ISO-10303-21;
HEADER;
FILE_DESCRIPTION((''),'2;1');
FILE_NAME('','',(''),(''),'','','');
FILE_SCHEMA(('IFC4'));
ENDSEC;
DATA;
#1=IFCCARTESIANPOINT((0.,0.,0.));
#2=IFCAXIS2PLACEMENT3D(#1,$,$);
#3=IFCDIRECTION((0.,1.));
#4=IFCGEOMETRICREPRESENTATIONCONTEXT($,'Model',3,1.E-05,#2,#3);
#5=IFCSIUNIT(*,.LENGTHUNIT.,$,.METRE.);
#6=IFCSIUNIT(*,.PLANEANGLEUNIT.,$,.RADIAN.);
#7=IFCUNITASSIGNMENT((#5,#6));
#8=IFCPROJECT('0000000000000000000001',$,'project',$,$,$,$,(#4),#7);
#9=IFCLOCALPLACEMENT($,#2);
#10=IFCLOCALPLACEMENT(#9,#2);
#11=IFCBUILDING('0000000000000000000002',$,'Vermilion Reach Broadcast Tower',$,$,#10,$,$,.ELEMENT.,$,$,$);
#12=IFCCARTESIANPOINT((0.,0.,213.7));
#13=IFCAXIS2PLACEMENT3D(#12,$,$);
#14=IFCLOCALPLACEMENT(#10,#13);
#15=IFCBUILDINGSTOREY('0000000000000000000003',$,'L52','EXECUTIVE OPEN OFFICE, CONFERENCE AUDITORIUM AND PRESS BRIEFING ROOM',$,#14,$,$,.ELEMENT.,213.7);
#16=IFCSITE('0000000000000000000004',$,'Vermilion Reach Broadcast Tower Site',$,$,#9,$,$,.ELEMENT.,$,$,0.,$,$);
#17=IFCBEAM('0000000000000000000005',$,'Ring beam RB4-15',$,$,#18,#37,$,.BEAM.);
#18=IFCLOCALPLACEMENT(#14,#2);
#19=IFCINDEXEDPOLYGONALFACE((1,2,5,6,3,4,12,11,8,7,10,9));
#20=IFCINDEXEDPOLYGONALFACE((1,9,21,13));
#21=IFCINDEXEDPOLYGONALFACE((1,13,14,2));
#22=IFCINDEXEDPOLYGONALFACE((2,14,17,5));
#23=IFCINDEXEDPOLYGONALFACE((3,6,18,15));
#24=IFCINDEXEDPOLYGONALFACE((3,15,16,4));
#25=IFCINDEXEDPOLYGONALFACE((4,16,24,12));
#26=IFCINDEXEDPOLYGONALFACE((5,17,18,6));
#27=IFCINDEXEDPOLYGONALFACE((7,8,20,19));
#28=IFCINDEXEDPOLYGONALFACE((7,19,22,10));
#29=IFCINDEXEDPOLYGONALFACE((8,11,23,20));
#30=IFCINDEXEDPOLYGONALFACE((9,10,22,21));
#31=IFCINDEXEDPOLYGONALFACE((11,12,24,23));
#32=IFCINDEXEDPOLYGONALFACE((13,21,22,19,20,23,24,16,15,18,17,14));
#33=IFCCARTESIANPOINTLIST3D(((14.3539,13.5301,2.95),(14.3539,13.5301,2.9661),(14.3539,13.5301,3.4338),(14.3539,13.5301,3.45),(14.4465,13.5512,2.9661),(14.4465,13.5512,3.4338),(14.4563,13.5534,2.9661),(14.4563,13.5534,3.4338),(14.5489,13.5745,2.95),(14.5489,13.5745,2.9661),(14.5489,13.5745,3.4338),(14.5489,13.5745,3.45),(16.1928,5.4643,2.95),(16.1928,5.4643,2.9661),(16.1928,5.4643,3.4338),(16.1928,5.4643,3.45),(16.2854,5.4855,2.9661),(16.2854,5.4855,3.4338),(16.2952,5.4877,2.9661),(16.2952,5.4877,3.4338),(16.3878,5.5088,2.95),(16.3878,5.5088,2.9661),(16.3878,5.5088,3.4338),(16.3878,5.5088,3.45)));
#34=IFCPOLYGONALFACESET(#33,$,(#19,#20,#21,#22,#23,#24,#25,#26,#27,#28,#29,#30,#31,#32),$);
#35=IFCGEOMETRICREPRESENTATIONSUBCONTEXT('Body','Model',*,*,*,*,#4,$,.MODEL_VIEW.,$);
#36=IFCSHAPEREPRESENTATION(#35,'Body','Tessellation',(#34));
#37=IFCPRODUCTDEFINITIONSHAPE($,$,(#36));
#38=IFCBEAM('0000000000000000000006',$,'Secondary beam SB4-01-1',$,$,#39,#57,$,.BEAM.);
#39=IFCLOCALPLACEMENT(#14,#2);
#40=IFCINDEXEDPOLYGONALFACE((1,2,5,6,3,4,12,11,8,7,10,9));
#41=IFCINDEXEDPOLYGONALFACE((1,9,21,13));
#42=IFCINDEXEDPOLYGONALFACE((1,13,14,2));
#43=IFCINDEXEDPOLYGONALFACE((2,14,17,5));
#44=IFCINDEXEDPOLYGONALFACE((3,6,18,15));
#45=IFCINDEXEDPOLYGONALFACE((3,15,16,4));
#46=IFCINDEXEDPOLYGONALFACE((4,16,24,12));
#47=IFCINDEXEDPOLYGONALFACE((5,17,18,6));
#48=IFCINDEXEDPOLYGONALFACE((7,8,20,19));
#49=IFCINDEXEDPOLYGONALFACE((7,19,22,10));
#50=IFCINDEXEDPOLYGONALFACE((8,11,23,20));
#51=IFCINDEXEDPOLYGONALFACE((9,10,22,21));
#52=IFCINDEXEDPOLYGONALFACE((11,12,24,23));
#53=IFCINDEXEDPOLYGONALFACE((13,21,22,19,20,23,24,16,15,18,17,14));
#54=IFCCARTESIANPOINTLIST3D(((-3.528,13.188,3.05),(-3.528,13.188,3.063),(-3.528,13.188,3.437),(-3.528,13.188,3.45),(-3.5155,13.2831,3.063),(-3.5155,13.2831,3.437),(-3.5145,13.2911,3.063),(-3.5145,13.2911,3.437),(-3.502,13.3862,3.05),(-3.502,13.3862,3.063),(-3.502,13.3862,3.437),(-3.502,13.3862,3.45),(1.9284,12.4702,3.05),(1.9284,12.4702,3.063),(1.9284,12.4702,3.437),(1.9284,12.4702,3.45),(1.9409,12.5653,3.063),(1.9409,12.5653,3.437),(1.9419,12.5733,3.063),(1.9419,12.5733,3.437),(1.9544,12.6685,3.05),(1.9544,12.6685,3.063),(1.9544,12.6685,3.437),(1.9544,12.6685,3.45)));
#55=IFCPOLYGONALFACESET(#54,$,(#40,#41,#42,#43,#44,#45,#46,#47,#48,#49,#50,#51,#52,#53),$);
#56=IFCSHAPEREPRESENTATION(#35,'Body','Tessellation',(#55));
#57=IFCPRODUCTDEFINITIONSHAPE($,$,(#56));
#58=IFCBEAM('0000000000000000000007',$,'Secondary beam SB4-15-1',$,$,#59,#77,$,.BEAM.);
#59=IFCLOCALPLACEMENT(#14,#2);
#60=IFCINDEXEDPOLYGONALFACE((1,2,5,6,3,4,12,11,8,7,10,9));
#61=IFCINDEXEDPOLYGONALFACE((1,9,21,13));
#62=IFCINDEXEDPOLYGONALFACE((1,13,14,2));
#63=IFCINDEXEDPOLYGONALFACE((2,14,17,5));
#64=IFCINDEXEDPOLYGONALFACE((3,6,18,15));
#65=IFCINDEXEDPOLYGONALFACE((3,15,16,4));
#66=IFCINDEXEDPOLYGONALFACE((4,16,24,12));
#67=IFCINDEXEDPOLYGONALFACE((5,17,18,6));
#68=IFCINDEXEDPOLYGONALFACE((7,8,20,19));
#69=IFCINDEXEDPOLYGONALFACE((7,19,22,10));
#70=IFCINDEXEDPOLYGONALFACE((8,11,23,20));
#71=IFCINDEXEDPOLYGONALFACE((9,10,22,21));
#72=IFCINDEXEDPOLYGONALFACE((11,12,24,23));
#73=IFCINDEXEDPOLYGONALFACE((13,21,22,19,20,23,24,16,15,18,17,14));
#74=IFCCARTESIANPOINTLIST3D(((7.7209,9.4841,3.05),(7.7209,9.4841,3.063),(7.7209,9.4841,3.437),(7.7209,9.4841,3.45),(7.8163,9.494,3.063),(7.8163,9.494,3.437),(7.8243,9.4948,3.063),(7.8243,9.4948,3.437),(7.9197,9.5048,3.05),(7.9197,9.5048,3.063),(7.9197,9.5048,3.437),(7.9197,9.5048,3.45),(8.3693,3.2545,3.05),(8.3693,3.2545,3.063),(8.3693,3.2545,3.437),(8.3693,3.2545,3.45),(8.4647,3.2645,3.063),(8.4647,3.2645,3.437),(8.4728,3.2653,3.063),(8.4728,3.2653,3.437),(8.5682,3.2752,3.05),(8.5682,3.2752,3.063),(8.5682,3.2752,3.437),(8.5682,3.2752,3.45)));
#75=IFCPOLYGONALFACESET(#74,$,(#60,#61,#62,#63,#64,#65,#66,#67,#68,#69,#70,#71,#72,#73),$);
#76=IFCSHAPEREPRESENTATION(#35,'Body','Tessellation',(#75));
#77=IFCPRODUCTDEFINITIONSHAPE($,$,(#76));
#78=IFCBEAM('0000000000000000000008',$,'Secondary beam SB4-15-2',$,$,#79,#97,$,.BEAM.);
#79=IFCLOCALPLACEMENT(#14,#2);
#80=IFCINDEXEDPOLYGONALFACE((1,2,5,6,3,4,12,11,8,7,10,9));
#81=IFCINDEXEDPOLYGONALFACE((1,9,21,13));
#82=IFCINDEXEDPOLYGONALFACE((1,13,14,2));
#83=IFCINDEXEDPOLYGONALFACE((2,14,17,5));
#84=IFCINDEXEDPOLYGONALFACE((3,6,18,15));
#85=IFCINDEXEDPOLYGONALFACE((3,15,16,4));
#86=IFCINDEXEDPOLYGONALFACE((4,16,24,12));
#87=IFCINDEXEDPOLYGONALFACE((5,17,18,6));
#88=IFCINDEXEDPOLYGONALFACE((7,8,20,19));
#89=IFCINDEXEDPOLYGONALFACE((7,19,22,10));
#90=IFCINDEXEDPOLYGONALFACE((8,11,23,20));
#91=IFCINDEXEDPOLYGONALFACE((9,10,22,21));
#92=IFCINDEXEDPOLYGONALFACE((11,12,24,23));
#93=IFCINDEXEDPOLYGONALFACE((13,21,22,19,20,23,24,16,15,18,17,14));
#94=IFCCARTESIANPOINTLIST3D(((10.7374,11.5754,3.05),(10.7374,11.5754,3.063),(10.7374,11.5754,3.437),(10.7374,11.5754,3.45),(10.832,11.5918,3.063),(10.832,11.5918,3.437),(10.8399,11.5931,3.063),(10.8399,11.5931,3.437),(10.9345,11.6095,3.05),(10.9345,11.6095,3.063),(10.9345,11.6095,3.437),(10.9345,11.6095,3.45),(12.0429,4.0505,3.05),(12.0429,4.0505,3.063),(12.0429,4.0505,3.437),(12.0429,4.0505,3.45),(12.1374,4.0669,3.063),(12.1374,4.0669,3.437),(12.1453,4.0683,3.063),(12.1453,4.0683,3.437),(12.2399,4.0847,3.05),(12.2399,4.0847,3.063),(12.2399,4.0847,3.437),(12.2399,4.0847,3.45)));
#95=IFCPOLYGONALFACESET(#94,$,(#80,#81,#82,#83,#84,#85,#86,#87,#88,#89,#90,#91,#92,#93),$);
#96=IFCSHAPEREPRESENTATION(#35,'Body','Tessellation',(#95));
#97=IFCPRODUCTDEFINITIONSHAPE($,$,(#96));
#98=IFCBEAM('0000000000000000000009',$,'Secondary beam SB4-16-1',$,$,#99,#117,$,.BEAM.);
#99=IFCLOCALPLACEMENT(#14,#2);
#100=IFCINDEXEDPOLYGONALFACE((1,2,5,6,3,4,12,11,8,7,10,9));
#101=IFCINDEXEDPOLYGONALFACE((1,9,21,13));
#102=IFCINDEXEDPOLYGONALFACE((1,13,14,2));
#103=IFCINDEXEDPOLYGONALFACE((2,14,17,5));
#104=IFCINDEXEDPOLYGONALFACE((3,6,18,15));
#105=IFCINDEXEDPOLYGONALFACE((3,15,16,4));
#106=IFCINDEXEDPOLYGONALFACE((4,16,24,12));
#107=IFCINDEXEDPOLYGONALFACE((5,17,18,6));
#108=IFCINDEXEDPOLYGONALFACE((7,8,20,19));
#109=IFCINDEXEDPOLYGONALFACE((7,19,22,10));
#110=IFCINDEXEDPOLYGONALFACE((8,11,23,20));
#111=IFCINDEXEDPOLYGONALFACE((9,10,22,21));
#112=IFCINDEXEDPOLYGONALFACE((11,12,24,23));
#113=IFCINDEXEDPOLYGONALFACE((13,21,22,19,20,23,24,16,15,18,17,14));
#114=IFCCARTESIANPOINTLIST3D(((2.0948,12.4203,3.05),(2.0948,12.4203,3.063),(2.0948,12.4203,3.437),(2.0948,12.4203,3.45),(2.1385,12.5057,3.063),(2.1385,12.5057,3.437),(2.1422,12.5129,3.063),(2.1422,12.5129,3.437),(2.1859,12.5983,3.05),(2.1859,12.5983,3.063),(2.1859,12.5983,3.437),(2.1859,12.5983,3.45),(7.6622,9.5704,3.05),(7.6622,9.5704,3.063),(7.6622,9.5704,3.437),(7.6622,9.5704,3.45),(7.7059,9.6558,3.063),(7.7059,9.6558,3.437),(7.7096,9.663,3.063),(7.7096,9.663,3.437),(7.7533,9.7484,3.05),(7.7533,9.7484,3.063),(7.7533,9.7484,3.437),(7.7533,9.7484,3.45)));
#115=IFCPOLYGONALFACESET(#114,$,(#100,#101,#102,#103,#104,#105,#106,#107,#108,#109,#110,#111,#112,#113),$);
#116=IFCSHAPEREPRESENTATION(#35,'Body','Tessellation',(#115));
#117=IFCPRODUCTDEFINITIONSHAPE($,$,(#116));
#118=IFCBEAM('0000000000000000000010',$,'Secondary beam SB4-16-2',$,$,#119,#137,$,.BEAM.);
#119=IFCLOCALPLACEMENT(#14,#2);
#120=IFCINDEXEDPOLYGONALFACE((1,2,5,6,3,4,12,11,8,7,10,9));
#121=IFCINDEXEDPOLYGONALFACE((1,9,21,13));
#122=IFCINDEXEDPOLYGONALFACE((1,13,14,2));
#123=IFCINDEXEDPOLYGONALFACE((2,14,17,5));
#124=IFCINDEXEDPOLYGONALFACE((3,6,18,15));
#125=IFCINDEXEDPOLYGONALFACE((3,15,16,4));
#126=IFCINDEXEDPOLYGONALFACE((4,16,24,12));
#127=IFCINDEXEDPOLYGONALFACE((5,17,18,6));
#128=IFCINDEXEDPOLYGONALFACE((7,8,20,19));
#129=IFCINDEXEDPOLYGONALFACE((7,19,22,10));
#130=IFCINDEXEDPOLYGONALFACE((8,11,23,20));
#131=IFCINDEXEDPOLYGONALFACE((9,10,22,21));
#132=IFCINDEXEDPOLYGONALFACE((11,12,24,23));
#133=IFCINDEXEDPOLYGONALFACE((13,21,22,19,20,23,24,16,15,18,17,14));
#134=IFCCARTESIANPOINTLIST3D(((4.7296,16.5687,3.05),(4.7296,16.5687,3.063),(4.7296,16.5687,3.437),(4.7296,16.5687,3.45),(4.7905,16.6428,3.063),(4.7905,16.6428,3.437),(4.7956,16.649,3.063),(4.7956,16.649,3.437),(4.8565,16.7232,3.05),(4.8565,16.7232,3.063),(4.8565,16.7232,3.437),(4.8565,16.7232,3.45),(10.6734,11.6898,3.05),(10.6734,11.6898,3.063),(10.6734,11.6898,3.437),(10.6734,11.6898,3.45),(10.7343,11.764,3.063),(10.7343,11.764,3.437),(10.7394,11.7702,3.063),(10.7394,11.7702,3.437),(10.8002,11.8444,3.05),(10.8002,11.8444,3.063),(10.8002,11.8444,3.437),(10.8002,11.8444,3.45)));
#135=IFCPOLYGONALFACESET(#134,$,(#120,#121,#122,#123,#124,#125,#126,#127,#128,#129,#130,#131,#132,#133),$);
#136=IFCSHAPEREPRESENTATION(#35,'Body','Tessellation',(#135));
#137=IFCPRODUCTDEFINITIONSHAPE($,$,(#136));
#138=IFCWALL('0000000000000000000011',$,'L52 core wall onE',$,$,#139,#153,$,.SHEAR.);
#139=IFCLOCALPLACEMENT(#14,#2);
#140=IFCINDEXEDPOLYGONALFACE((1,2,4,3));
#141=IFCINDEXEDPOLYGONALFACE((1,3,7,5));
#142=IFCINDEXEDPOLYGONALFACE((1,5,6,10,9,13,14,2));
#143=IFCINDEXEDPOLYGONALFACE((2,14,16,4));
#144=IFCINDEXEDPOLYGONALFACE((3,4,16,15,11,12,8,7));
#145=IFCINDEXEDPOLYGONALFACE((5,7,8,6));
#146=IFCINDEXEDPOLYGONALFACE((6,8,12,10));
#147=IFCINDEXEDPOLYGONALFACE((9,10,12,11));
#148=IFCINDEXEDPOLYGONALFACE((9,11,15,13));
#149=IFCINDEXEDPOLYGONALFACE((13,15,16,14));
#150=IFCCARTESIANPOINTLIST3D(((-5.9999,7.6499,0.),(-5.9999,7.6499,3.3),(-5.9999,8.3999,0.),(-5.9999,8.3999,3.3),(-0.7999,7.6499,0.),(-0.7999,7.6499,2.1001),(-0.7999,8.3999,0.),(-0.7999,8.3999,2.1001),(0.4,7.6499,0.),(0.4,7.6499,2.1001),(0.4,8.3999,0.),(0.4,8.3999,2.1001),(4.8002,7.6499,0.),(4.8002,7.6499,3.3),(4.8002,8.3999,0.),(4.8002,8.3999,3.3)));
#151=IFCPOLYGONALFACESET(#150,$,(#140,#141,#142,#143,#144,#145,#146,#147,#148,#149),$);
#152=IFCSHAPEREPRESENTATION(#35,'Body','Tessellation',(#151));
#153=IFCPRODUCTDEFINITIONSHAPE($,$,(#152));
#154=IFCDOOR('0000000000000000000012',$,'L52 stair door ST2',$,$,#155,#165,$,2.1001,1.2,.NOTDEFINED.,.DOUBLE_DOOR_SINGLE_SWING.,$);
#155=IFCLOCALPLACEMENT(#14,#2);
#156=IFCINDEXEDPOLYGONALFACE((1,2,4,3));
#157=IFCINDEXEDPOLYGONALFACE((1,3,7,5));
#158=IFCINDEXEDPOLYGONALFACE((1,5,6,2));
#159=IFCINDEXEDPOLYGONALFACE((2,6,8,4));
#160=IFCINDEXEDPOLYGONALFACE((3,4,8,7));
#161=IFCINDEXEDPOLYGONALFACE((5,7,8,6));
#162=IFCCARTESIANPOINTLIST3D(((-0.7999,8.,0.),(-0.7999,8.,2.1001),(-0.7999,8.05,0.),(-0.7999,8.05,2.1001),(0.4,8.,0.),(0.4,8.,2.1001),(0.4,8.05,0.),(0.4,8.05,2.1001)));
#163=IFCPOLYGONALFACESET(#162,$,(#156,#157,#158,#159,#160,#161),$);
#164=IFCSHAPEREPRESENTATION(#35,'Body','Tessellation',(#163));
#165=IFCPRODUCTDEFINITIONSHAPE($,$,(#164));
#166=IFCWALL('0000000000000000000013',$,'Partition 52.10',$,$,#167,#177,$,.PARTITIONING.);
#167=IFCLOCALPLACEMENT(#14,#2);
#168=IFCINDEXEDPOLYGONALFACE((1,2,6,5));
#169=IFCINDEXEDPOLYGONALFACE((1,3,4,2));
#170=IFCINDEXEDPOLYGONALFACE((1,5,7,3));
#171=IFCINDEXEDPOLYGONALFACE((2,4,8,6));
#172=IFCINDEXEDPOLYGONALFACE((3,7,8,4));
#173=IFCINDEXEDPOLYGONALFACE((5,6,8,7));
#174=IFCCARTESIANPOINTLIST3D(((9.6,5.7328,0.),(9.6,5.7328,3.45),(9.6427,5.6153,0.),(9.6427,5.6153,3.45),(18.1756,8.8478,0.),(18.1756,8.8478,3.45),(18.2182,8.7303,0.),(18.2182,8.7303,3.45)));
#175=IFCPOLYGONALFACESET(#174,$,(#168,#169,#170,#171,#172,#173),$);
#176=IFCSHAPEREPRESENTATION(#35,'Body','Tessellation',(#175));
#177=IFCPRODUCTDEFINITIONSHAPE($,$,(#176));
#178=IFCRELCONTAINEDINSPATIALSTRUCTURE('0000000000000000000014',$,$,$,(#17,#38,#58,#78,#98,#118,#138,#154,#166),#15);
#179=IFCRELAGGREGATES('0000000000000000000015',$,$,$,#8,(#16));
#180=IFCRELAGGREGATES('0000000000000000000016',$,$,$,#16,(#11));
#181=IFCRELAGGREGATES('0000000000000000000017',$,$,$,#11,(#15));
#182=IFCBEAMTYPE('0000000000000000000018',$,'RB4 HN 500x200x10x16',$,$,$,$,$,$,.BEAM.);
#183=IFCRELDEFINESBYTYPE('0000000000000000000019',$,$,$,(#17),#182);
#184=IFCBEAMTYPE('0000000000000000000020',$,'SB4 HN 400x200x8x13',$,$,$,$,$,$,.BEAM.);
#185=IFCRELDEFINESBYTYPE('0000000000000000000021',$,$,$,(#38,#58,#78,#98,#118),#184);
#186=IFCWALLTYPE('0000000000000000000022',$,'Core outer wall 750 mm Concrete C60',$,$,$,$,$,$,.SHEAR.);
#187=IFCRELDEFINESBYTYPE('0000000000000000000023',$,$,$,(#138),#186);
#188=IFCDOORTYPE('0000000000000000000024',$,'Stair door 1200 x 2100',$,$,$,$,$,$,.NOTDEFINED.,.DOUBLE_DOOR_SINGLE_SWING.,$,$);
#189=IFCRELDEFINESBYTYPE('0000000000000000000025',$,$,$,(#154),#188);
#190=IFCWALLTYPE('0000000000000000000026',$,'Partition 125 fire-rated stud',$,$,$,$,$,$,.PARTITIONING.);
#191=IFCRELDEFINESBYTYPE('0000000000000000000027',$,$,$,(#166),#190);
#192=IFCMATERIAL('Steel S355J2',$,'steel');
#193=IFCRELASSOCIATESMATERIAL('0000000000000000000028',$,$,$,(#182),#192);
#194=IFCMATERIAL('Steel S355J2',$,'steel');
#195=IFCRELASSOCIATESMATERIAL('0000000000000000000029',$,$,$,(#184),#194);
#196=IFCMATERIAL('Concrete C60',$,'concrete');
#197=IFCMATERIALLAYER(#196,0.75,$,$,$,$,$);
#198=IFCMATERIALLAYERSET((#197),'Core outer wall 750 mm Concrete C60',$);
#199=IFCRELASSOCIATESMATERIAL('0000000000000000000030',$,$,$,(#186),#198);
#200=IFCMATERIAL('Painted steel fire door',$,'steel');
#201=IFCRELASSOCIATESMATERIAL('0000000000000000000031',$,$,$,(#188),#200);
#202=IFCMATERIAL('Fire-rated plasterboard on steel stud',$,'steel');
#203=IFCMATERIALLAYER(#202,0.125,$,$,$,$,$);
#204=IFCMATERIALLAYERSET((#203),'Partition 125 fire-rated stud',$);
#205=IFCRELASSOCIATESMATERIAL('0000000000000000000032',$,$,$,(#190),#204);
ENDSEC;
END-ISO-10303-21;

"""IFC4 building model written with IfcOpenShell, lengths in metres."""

from ifc_helpers import new_model, si_unit, direction, frame, frame_2d, origin, origin_2d, place, context, subcontext, project, spatial, rectangle, i_section, extrude, material, layer, layer_set, material_profile, profile_set, type_object, element, fill, save


model = new_model("IFC4")

# Units and contexts
model_context = context("Model", 3, precision=1e-05, world=origin(), true_north=direction((0.0, 1.0)))
body_context = subcontext(model_context, "Body", "Model", "MODEL_VIEW")
ifc_project = project(units=[si_unit("LENGTHUNIT", "METRE"), si_unit("PLANEANGLEUNIT", "RADIAN")], contexts=[model_context])

# Site, building, storey
site_placement = place(None, origin())
site = spatial("IfcSite", under=ifc_project, at=site_placement, Name="Vermilion Reach Broadcast Tower Site", CompositionType="ELEMENT", RefElevation=0.0)
building_placement = place(site_placement, origin())
building = spatial("IfcBuilding", under=site, at=building_placement, Name="Vermilion Reach Broadcast Tower", CompositionType="ELEMENT")
storey_placement = place(building_placement, frame((0.0, 0.0, 213.7)))
storey = spatial("IfcBuildingStorey", under=building, at=storey_placement, Name="L52", Description="EXECUTIVE OPEN OFFICE, CONFERENCE AUDITORIUM AND PRESS BRIEFING ROOM", CompositionType="ELEMENT", Elevation=213.7)

# Beams
ifc_material_1 = material(Name="Steel S355J2", Category="steel")
ifc_material_profile_1 = material_profile(ifc_material_1, i_section(OverallWidth=0.2, OverallDepth=0.5, WebThickness=0.01, FlangeThickness=0.0161, at=origin_2d()), Name="S355J2 HN 500x200x10x16")
ifc_profile_set_1 = profile_set([ifc_material_profile_1], Name="Steel S355J2")
beam_type_1 = type_object("IfcBeamType", Name="RB4 HN 500x200x10x16", PredefinedType="BEAM", material=ifc_profile_set_1)
beam_1_placement = place(storey_placement, frame((16.2903, 5.4866, 3.2), z_axis=(-0.222283, 0.974982, 0.0), x_axis=(-0.974982, -0.222283, 0.0)))
element("IfcBeam", 1, at=beam_1_placement, inside=storey, type_object=beam_type_1, Name="Ring beam RB4-15", PredefinedType="BEAM", context=body_context, shape_type="SweptSolid", body=[
    extrude(i_section(OverallWidth=0.2, OverallDepth=0.5, WebThickness=0.01, FlangeThickness=0.0161, at=origin_2d()), origin(), (0.0, 0.0, 1.0), 8.2727),
])
ifc_material_2 = material(Name="Steel S355J2", Category="steel")
ifc_material_profile_2 = material_profile(ifc_material_2, i_section(OverallWidth=0.2, OverallDepth=0.3999, WebThickness=0.0081, FlangeThickness=0.0129, at=origin_2d()), Name="S355J2 HN 400x200x8x13")
ifc_profile_set_2 = profile_set([ifc_material_profile_2], Name="Steel S355J2")
beam_type_2 = type_object("IfcBeamType", Name="SB4 HN 400x200x8x13", PredefinedType="BEAM", material=ifc_profile_set_2)
beam_2_placement = place(storey_placement, frame((1.9414, 12.5693, 3.25), z_axis=(-0.991458, 0.130426, 0.0), x_axis=(-0.130426, -0.991458, 0.0)))
element("IfcBeam", 2, at=beam_2_placement, inside=storey, type_object=beam_type_2, Name="Secondary beam SB4-01-1", PredefinedType="BEAM", context=body_context, shape_type="SweptSolid", body=[
    extrude(i_section(OverallWidth=0.2, OverallDepth=0.3999, WebThickness=0.0081, FlangeThickness=0.0129, at=origin_2d()), origin(), (0.0, 0.0, 1.0), 5.5034),
])
beam_3_placement = place(storey_placement, frame((8.4688, 3.2649, 3.25), z_axis=(-0.103532, 0.994626, 0.0), x_axis=(-0.994626, -0.103532, 0.0)))
element("IfcBeam", 3, at=beam_3_placement, inside=storey, type_object=beam_type_2, Name="Secondary beam SB4-15-1", PredefinedType="BEAM", context=body_context, shape_type="SweptSolid", body=[
    extrude(i_section(OverallWidth=0.2, OverallDepth=0.3999, WebThickness=0.0081, FlangeThickness=0.0129, at=origin_2d()), origin(), (0.0, 0.0, 1.0), 6.2632),
])
beam_4_placement = place(storey_placement, frame((12.1414, 4.0676, 3.25), z_axis=(-0.170927, 0.985284, 0.0), x_axis=(-0.985284, -0.170927, 0.0)))
element("IfcBeam", 4, at=beam_4_placement, inside=storey, type_object=beam_type_2, Name="Secondary beam SB4-15-2", PredefinedType="BEAM", context=body_context, shape_type="SweptSolid", body=[
    extrude(i_section(OverallWidth=0.2, OverallDepth=0.3999, WebThickness=0.0081, FlangeThickness=0.0129, at=origin_2d()), origin(), (0.0, 0.0, 1.0), 7.6372),
])
beam_5_placement = place(storey_placement, frame((7.7078, 9.6594, 3.25), z_axis=(-0.890156, 0.455656, 0.0), x_axis=(-0.455656, -0.890156, 0.0)))
element("IfcBeam", 5, at=beam_5_placement, inside=storey, type_object=beam_type_2, Name="Secondary beam SB4-16-1", PredefinedType="BEAM", context=body_context, shape_type="SweptSolid", body=[
    extrude(i_section(OverallWidth=0.2, OverallDepth=0.3999, WebThickness=0.0081, FlangeThickness=0.0129, at=origin_2d()), origin(), (0.0, 0.0, 1.0), 6.2544),
])
beam_6_placement = place(storey_placement, frame((10.7368, 11.7671, 3.25), z_axis=(-0.772952, 0.634465, 0.0), x_axis=(-0.634465, -0.772952, 0.0)))
element("IfcBeam", 6, at=beam_6_placement, inside=storey, type_object=beam_type_2, Name="Secondary beam SB4-16-2", PredefinedType="BEAM", context=body_context, shape_type="SweptSolid", body=[
    extrude(i_section(OverallWidth=0.2, OverallDepth=0.3999, WebThickness=0.0081, FlangeThickness=0.0129, at=origin_2d()), origin(), (0.0, 0.0, 1.0), 7.6897),
])

# Wall, opening, door
ifc_material_3 = material(Name="Concrete C60", Category="concrete")
ifc_layer_1 = layer(ifc_material_3, 0.75)
ifc_layer_set_1 = layer_set([ifc_layer_1], Name="Core outer wall 750 mm Concrete C60")
wall_type_1 = type_object("IfcWallType", Name="Core outer wall 750 mm Concrete C60", PredefinedType="SHEAR", material=ifc_layer_set_1)
wall_1_placement = place(storey_placement, frame((4.8, 8.0249, 0.0), z_axis=(0.0, 0.0, 1.0), x_axis=(-1.0, 0.0, 0.0)))
wall_1 = element("IfcWall", 7, at=wall_1_placement, inside=storey, type_object=wall_type_1, Name="L52 core wall onE", PredefinedType="SHEAR", context=body_context, shape_type="SweptSolid", body=[
    extrude(rectangle(XDim=10.8, YDim=0.75, at=frame_2d((5.3999, 0.0))), origin(), (0.0, 0.0, 1.0), 3.3),
])
opening_1_placement = place(wall_1_placement, frame((4.3999, 0.0, 0.0)))
opening_1 = element("IfcOpeningElement", 8, at=opening_1_placement, cuts=wall_1, PredefinedType="OPENING", context=body_context, shape_type="SweptSolid", body=[
    extrude(rectangle(XDim=1.2, YDim=2.1001, at=frame_2d((0.6001, 1.05))), frame((0.0, 0.385, 0.0), z_axis=(0.0, -1.0, 0.0), x_axis=(1.0, 0.0, 0.0)), (0.0, 0.0, 1.0), 0.77),
])
ifc_material_4 = material(Name="Painted steel fire door", Category="steel")
door_type_1 = type_object("IfcDoorType", Name="Stair door 1200 x 2100", OperationType="DOUBLE_DOOR_SINGLE_SWING", PredefinedType="NOTDEFINED", material=ifc_material_4)
door_1_placement = place(opening_1_placement, origin())
door_1 = element("IfcDoor", 9, at=door_1_placement, inside=storey, type_object=door_type_1, Name="L52 stair door ST2", OperationType="DOUBLE_DOOR_SINGLE_SWING", OverallHeight=2.1001, OverallWidth=1.2, PredefinedType="NOTDEFINED", context=body_context, shape_type="SweptSolid", body=[
    extrude(rectangle(XDim=1.2, YDim=2.1001, at=frame_2d((0.6001, 1.05))), frame((0.0, 0.0249, 0.0), z_axis=(0.0, -1.0, 0.0), x_axis=(1.0, 0.0, 0.0)), (0.0, 0.0, 1.0), 0.05),
])
fill(opening_1, door_1)

# Wall
ifc_material_5 = material(Name="Fire-rated plasterboard on steel stud", Category="steel")
ifc_layer_2 = layer(ifc_material_5, 0.125)
ifc_layer_set_2 = layer_set([ifc_layer_2], Name="Partition 125 fire-rated stud")
wall_type_2 = type_object("IfcWallType", Name="Partition 125 fire-rated stud", PredefinedType="PARTITIONING", material=ifc_layer_set_2)
wall_2_placement = place(storey_placement, frame((18.197, 8.7891, 0.0), z_axis=(0.0, 0.0, 1.0), x_axis=(-0.939914, -0.34141, 0.0)))
element("IfcWall", 10, at=wall_2_placement, inside=storey, type_object=wall_type_2, Name="Partition 52.10", PredefinedType="PARTITIONING", context=body_context, shape_type="SweptSolid", body=[
    extrude(rectangle(XDim=9.1238, YDim=0.125, at=frame_2d((4.562, 0.0))), origin(), (0.0, 0.0, 1.0), 3.45),
])

save(model, "model.ifc")
